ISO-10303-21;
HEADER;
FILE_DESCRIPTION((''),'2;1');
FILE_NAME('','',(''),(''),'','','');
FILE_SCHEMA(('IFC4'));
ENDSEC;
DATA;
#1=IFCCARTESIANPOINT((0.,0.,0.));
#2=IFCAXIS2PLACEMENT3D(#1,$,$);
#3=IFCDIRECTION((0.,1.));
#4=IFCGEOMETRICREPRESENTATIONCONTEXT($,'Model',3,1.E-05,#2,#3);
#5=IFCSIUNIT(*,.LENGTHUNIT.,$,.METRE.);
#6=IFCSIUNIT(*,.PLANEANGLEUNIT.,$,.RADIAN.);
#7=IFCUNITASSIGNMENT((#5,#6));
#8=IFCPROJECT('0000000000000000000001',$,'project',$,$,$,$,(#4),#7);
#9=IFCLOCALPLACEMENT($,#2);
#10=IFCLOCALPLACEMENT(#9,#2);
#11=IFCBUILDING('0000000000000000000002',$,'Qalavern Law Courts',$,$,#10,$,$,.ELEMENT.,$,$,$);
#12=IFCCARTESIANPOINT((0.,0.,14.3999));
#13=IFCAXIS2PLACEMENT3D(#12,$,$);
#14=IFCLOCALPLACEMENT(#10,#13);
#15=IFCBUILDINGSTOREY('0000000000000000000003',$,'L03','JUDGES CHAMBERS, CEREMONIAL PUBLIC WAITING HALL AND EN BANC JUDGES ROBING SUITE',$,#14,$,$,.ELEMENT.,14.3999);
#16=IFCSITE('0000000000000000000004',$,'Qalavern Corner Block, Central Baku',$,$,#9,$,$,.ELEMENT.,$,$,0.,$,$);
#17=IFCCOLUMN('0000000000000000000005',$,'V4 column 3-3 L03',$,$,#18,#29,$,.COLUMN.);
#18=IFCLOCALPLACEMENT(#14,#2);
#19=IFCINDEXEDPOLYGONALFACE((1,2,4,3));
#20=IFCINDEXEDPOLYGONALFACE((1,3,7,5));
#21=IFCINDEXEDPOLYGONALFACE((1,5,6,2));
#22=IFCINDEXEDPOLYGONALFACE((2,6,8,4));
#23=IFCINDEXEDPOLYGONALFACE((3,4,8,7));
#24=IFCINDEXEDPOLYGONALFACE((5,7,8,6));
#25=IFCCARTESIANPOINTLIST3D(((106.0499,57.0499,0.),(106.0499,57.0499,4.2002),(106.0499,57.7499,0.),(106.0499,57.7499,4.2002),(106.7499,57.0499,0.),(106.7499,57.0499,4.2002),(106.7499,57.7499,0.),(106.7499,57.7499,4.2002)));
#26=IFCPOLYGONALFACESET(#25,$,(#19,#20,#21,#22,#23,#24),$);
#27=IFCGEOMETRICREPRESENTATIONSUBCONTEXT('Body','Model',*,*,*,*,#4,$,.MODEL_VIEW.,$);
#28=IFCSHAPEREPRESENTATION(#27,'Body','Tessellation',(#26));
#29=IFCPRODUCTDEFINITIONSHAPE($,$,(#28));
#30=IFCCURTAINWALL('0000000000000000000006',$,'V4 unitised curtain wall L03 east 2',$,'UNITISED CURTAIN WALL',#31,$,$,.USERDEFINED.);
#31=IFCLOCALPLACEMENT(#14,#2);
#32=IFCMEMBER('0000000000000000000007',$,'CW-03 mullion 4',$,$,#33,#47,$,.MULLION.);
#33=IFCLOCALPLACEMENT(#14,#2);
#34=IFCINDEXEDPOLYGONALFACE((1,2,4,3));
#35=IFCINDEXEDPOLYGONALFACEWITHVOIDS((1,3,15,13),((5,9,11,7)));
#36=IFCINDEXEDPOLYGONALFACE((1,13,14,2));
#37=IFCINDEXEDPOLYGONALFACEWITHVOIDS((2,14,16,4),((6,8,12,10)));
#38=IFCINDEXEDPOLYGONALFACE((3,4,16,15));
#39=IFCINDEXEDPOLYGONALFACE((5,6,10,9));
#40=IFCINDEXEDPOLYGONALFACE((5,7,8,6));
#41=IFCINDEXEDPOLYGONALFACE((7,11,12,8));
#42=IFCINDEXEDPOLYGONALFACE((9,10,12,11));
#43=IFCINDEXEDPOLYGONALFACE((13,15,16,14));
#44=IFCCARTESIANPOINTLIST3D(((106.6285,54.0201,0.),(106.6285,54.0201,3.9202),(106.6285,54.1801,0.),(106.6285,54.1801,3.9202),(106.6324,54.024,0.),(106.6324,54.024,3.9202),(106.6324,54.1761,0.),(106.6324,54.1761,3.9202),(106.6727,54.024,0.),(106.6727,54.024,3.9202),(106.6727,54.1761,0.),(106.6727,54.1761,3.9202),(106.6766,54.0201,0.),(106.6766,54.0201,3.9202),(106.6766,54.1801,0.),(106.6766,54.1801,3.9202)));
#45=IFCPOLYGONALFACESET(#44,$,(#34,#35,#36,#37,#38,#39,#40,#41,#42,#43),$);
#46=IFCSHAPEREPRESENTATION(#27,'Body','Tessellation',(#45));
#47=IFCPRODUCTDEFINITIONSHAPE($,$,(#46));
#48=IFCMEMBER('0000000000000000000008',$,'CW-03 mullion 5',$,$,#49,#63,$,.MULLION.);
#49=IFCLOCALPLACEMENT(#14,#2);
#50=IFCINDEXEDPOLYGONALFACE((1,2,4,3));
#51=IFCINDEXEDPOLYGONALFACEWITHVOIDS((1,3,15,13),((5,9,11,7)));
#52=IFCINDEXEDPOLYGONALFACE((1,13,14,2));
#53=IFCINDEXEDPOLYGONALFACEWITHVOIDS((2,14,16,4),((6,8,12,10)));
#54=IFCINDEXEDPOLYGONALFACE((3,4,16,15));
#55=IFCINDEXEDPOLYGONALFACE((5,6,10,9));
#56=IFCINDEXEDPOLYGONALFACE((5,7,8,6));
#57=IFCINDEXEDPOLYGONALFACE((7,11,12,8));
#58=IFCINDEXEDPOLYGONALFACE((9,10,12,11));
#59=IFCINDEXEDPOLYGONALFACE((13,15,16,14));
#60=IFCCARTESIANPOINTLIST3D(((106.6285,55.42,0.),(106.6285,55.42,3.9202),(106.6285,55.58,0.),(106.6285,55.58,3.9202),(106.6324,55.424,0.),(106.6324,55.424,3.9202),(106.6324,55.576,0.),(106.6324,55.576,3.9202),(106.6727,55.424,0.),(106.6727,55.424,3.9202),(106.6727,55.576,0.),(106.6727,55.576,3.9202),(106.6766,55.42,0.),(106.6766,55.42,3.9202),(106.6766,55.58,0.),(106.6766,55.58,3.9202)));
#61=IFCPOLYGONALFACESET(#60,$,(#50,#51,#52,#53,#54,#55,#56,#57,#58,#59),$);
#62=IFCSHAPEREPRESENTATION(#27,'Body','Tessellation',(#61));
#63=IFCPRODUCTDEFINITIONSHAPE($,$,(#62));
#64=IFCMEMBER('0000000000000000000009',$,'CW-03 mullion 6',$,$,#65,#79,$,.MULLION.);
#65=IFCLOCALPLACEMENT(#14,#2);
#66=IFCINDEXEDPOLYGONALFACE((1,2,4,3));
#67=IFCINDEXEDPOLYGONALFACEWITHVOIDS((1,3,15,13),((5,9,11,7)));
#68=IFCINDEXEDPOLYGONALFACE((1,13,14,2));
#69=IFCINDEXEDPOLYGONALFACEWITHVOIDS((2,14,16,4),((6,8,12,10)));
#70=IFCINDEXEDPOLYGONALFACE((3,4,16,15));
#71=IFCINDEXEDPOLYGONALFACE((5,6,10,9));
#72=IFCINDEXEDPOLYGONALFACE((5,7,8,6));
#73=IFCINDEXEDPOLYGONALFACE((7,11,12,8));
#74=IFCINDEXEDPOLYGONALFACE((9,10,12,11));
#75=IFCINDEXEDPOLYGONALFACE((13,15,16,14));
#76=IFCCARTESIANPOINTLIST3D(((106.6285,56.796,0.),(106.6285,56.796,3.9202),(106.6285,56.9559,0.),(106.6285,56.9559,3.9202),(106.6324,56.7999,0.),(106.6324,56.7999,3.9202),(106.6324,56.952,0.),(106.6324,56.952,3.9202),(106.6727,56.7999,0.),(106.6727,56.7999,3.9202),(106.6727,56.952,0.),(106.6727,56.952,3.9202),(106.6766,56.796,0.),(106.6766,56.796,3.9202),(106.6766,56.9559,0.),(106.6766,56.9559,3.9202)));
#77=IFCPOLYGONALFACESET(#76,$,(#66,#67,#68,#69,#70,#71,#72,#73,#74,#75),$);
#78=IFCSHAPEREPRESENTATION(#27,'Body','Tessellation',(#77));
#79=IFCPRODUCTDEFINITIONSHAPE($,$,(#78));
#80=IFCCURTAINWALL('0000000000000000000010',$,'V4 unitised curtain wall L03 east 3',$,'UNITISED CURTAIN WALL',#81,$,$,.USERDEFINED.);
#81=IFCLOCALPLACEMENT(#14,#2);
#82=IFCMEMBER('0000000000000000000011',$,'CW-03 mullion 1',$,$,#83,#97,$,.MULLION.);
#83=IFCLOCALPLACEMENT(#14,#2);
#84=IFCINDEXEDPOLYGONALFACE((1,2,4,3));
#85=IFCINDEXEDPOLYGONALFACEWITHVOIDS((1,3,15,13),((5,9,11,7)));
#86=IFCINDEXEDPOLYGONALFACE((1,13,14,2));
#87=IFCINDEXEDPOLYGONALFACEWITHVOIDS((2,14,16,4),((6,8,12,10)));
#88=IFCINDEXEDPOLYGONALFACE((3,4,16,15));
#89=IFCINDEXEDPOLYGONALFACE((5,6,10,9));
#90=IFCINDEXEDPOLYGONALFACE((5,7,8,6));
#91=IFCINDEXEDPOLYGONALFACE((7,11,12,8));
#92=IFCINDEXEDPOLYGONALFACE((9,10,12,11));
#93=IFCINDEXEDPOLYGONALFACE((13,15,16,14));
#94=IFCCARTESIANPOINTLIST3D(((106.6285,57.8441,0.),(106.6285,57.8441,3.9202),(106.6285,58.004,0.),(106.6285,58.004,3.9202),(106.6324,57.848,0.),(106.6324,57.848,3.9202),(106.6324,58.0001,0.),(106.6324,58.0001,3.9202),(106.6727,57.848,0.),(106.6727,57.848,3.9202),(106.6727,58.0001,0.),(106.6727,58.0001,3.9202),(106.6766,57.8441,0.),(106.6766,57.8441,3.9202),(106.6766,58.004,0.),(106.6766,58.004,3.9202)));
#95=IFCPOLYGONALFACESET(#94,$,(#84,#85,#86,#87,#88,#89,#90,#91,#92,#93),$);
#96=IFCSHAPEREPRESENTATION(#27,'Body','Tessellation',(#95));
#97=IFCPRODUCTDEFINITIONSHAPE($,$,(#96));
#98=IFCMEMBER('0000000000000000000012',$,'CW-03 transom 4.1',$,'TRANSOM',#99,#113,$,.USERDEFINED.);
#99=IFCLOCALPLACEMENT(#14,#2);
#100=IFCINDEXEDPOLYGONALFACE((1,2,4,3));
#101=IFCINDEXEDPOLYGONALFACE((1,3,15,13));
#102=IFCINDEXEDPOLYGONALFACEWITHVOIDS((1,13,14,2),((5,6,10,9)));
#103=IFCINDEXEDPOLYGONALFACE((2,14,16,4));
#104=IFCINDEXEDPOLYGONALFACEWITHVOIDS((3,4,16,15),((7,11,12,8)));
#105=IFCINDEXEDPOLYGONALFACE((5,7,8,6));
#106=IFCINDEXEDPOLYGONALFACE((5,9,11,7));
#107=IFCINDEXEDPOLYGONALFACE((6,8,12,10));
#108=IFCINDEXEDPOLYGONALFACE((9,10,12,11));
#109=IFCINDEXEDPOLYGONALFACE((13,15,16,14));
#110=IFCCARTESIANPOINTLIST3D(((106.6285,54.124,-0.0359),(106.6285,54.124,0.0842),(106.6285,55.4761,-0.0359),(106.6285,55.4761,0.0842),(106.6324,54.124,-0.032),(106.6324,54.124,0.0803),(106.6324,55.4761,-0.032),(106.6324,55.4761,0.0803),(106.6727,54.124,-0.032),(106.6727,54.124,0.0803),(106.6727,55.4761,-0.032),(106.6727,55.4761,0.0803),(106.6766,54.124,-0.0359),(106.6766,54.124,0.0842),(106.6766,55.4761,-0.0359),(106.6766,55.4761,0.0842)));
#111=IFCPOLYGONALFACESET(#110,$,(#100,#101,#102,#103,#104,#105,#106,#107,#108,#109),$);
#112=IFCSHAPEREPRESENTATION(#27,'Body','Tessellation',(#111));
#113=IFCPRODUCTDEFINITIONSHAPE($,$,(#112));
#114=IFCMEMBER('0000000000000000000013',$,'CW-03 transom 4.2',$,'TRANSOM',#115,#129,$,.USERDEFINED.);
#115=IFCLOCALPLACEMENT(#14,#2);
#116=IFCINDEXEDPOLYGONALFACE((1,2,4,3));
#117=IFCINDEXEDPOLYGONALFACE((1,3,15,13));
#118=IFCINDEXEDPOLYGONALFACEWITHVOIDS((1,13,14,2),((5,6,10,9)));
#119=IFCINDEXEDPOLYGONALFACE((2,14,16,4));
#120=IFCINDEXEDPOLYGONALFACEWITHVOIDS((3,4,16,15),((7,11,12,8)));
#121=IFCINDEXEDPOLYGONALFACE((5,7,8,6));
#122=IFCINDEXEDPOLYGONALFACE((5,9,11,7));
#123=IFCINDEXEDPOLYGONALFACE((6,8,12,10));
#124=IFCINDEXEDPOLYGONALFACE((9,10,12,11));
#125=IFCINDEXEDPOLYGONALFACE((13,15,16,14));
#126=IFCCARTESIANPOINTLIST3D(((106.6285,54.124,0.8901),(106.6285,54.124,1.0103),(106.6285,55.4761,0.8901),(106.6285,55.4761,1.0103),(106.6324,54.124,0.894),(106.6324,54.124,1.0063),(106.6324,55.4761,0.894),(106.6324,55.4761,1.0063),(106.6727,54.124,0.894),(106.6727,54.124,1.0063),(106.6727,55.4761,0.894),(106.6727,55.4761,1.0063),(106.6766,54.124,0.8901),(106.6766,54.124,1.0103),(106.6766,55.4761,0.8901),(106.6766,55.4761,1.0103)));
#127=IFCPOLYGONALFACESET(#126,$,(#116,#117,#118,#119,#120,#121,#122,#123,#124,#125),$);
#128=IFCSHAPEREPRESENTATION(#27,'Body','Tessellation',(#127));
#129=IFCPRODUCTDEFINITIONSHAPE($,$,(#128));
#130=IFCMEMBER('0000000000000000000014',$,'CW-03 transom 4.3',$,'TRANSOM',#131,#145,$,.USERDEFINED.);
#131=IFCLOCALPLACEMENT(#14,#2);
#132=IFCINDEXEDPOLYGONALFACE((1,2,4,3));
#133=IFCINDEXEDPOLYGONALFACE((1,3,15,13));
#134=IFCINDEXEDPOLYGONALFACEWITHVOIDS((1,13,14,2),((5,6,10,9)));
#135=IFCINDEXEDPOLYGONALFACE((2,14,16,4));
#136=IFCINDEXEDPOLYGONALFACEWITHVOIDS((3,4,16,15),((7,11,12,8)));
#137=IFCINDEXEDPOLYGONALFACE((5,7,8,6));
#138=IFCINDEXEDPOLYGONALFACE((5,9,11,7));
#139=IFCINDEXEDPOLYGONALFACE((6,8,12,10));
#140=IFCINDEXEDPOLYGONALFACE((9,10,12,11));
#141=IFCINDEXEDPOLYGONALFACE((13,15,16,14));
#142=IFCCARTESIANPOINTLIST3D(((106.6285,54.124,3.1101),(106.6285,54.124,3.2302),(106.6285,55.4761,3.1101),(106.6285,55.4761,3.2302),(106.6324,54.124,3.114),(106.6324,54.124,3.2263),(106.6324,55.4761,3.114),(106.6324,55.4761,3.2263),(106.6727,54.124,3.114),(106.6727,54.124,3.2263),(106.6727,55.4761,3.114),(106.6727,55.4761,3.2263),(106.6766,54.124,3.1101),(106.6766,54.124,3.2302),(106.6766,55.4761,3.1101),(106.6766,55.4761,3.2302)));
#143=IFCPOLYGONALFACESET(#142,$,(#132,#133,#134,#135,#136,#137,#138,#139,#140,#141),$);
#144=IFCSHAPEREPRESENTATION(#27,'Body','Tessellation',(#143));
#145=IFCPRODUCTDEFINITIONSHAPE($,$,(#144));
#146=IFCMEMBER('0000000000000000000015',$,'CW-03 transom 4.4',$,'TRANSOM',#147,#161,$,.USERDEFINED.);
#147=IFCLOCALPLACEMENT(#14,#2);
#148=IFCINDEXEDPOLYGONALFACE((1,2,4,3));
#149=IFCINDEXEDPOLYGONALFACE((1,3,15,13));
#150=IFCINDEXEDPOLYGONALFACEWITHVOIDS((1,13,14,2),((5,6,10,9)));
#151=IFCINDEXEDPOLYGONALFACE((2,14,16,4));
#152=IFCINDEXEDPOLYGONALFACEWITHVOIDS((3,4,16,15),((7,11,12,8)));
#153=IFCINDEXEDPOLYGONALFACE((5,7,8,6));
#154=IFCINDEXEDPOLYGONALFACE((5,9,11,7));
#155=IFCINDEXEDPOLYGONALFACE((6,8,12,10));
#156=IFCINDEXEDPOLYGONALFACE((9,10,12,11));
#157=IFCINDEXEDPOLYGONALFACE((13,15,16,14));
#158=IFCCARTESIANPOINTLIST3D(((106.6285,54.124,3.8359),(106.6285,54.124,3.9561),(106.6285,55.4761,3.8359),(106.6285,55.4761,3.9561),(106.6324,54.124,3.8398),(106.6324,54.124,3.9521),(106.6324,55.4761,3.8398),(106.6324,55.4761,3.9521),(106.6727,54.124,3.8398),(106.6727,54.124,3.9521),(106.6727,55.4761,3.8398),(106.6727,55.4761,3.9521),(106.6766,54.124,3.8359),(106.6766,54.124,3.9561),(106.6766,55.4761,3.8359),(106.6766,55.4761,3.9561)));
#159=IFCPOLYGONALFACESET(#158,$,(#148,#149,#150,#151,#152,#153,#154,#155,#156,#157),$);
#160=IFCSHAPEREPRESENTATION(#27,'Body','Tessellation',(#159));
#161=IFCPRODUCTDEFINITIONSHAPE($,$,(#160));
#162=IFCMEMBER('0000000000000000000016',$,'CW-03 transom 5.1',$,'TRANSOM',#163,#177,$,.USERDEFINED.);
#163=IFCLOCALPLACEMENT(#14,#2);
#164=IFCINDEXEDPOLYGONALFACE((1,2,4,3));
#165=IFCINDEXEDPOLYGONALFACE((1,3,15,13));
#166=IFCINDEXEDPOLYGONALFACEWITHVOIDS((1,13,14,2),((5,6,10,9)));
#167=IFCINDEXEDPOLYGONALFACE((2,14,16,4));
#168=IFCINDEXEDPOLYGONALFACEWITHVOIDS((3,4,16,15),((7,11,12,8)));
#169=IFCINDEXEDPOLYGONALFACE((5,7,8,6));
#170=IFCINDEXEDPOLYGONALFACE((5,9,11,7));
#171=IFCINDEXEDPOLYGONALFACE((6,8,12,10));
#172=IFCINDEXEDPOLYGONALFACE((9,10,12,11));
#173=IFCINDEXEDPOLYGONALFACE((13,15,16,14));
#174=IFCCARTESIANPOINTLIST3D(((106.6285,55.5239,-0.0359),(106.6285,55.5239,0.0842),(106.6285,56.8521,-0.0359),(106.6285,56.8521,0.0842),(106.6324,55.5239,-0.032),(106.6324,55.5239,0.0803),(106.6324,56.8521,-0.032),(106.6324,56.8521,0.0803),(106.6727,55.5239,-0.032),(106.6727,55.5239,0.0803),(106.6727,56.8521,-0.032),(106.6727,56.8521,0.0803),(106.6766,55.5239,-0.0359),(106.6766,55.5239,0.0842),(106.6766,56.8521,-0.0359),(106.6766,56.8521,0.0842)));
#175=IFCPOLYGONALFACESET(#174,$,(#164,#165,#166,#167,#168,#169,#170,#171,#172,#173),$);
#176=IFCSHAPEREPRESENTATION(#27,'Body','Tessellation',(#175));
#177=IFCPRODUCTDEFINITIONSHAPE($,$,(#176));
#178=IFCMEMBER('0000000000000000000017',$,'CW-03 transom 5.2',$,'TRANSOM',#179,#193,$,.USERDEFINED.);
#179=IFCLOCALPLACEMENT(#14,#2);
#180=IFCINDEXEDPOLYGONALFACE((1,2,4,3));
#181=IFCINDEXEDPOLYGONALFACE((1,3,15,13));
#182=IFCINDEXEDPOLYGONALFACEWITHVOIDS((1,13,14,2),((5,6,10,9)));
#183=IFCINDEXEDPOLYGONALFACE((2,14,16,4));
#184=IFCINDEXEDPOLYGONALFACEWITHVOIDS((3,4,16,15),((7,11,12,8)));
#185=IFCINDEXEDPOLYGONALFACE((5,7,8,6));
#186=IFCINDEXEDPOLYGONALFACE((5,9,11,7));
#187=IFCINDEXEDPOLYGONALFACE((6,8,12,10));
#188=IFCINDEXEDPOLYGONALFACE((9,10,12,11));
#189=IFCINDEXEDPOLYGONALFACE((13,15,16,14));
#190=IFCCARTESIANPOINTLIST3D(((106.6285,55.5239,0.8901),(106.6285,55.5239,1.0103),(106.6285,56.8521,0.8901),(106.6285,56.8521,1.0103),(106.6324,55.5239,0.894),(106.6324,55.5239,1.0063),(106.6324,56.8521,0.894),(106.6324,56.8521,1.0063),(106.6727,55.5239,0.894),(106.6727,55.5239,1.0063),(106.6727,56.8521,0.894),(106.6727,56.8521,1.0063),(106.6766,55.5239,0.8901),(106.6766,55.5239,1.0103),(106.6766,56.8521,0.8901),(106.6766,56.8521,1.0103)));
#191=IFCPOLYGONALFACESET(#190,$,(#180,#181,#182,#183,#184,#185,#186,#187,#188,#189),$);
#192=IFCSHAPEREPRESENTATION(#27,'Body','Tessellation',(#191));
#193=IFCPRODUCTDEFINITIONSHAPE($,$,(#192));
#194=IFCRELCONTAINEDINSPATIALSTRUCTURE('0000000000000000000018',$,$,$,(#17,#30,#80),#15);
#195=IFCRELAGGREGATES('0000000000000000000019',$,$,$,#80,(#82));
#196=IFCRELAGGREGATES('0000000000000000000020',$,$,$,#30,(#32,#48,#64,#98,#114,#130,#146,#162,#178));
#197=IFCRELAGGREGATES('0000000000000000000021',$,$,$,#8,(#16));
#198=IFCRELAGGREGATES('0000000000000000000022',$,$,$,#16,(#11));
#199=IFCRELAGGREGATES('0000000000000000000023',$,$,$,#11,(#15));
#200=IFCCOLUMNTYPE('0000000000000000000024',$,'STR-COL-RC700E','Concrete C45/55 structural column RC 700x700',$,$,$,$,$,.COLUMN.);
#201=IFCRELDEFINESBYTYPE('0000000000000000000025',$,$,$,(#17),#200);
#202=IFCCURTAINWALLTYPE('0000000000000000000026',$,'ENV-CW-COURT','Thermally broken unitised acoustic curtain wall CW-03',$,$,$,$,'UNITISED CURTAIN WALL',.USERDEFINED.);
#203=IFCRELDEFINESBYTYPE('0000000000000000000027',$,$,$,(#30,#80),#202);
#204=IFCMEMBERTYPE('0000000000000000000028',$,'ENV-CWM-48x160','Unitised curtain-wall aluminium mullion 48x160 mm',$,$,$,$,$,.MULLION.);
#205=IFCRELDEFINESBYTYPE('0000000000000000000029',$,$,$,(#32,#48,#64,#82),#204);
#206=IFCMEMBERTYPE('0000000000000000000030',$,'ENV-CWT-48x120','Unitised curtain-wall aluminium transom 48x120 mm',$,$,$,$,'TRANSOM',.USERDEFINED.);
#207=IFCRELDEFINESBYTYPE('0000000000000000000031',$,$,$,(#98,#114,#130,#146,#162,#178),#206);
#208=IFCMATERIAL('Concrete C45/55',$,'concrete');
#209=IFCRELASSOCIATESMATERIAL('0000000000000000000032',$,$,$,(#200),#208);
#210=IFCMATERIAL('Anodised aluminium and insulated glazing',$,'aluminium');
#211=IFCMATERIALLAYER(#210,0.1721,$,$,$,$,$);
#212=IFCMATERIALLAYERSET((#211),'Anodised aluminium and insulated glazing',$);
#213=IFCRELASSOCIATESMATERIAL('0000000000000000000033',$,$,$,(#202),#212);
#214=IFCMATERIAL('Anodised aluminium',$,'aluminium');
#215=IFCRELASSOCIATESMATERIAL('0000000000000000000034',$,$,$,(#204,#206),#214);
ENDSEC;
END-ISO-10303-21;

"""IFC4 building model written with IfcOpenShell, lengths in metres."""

from ifc_helpers import new_model, si_unit, direction, frame, origin, origin_2d, place, context, subcontext, project, spatial, rectangle, hollow_rectangle, extrude, material, layer, layer_set, material_profile, profile_set, type_object, element, aggregate, save


model = new_model("IFC4")

# Units and contexts
model_context = context("Model", 3, precision=1e-05, world=origin(), true_north=direction((0.0, 1.0)))
body_context = subcontext(model_context, "Body", "Model", "MODEL_VIEW")
ifc_project = project(units=[si_unit("LENGTHUNIT", "METRE"), si_unit("PLANEANGLEUNIT", "RADIAN")], contexts=[model_context])

# Site, building, storey
site_placement = place(None, origin())
site = spatial("IfcSite", under=ifc_project, at=site_placement, Name="Qalavern Corner Block, Central Baku", CompositionType="ELEMENT", RefElevation=0.0)
building_placement = place(site_placement, origin())
building = spatial("IfcBuilding", under=site, at=building_placement, Name="Qalavern Law Courts", CompositionType="ELEMENT")
storey_placement = place(building_placement, frame((0.0, 0.0, 14.3999)))
storey = spatial("IfcBuildingStorey", under=building, at=storey_placement, Name="L03", Description="JUDGES CHAMBERS, CEREMONIAL PUBLIC WAITING HALL AND EN BANC JUDGES ROBING SUITE", CompositionType="ELEMENT", Elevation=14.3999)

# Column
ifc_material_1 = material(Name="Concrete C45/55", Category="concrete")
ifc_material_profile_1 = material_profile(ifc_material_1, rectangle(XDim=0.7, YDim=0.7, at=origin_2d()), Name="RC 700x700")
ifc_profile_set_1 = profile_set([ifc_material_profile_1], Name="Concrete C45/55")
column_type = type_object("IfcColumnType", Name="STR-COL-RC700E", Description="Concrete C45/55 structural column RC 700x700", PredefinedType="COLUMN", material=ifc_profile_set_1)
column_placement = place(storey_placement, frame((106.3999, 57.3999, 0.0), z_axis=(0.0, 0.0, 1.0), x_axis=(1.0, 0.0, 0.0)))
element("IfcColumn", 1, at=column_placement, inside=storey, type_object=column_type, Name="V4 column 3-3 L03", PredefinedType="COLUMN", context=body_context, shape_type="SweptSolid", body=[
    extrude(rectangle(XDim=0.7, YDim=0.7, at=origin_2d()), origin(), (0.0, 0.0, 1.0), 4.2002),
])

# Curtain wall, members
ifc_material_2 = material(Name="Anodised aluminium and insulated glazing", Category="aluminium")
ifc_layer_1 = layer(ifc_material_2, 0.1721)
ifc_layer_set_1 = layer_set([ifc_layer_1], Name="Anodised aluminium and insulated glazing")
curtain_wall_type = type_object("IfcCurtainWallType", Name="ENV-CW-COURT", Description="Thermally broken unitised acoustic curtain wall CW-03", ElementType="UNITISED CURTAIN WALL", PredefinedType="USERDEFINED", material=ifc_layer_set_1)
curtain_wall_1_placement = place(storey_placement, origin())
curtain_wall_1 = element("IfcCurtainWall", 2, at=curtain_wall_1_placement, inside=storey, type_object=curtain_wall_type, Name="V4 unitised curtain wall L03 east 2", ObjectType="UNITISED CURTAIN WALL", PredefinedType="USERDEFINED")
ifc_material_3 = material(Name="Anodised aluminium", Category="aluminium")
ifc_material_profile_2 = material_profile(ifc_material_3, hollow_rectangle(XDim=0.0481, YDim=0.1599, WallThickness=0.0039, at=origin_2d()), Name="ALU MULLION 48x160")
ifc_profile_set_2 = profile_set([ifc_material_profile_2], Name="Anodised aluminium")
member_type_1 = type_object("IfcMemberType", Name="ENV-CWM-48x160", Description="Unitised curtain-wall aluminium mullion 48x160 mm", PredefinedType="MULLION", material=ifc_profile_set_2)
member_1_placement = place(storey_placement, frame((106.6526, 54.1001, 0.0), z_axis=(0.0, 0.0, 1.0), x_axis=(-1.0, 0.0, 0.0)))
member_1 = element("IfcMember", 3, at=member_1_placement, type_object=member_type_1, Name="CW-03 mullion 4", PredefinedType="MULLION", context=body_context, shape_type="SweptSolid", body=[
    extrude(hollow_rectangle(XDim=0.0481, YDim=0.1599, WallThickness=0.0039, at=origin_2d()), origin(), (0.0, 0.0, 1.0), 3.9202),
])
member_2_placement = place(storey_placement, frame((106.6526, 55.5, 0.0), z_axis=(0.0, 0.0, 1.0), x_axis=(-1.0, 0.0, 0.0)))
member_2 = element("IfcMember", 4, at=member_2_placement, type_object=member_type_1, Name="CW-03 mullion 5", PredefinedType="MULLION", context=body_context, shape_type="SweptSolid", body=[
    extrude(hollow_rectangle(XDim=0.0481, YDim=0.1599, WallThickness=0.0039, at=origin_2d()), origin(), (0.0, 0.0, 1.0), 3.9202),
])
member_3_placement = place(storey_placement, frame((106.6526, 56.876, 0.0), z_axis=(0.0, 0.0, 1.0), x_axis=(-1.0, 0.0, 0.0)))
member_3 = element("IfcMember", 5, at=member_3_placement, type_object=member_type_1, Name="CW-03 mullion 6", PredefinedType="MULLION", context=body_context, shape_type="SweptSolid", body=[
    extrude(hollow_rectangle(XDim=0.0481, YDim=0.1599, WallThickness=0.0039, at=origin_2d()), origin(), (0.0, 0.0, 1.0), 3.9202),
])

# Curtain wall, member
curtain_wall_2_placement = place(storey_placement, origin())
curtain_wall_2 = element("IfcCurtainWall", 6, at=curtain_wall_2_placement, inside=storey, type_object=curtain_wall_type, Name="V4 unitised curtain wall L03 east 3", ObjectType="UNITISED CURTAIN WALL", PredefinedType="USERDEFINED")
member_4_placement = place(storey_placement, frame((106.6526, 57.9241, 0.0), z_axis=(0.0, 0.0, 1.0), x_axis=(-1.0, 0.0, 0.0)))
member_4 = element("IfcMember", 7, at=member_4_placement, type_object=member_type_1, Name="CW-03 mullion 1", PredefinedType="MULLION", context=body_context, shape_type="SweptSolid", body=[
    extrude(hollow_rectangle(XDim=0.0481, YDim=0.1599, WallThickness=0.0039, at=origin_2d()), origin(), (0.0, 0.0, 1.0), 3.9202),
])

# Members
ifc_material_profile_3 = material_profile(ifc_material_3, hollow_rectangle(XDim=0.0481, YDim=0.1201, WallThickness=0.0039, at=origin_2d()), Name="ALU TRANSOM 48x120")
ifc_profile_set_3 = profile_set([ifc_material_profile_3], Name="Anodised aluminium")
member_type_2 = type_object("IfcMemberType", Name="ENV-CWT-48x120", Description="Unitised curtain-wall aluminium transom 48x120 mm", ElementType="TRANSOM", PredefinedType="USERDEFINED", material=ifc_profile_set_3)
member_5_placement = place(storey_placement, frame((106.6526, 54.124, 0.0242), z_axis=(0.0, 1.0, 0.0), x_axis=(-1.0, 0.0, 0.0)))
member_5 = element("IfcMember", 8, at=member_5_placement, type_object=member_type_2, Name="CW-03 transom 4.1", ObjectType="TRANSOM", PredefinedType="USERDEFINED", context=body_context, shape_type="SweptSolid", body=[
    extrude(hollow_rectangle(XDim=0.0481, YDim=0.1201, WallThickness=0.0039, at=origin_2d()), origin(), (0.0, 0.0, 1.0), 1.3521),
])
member_6_placement = place(storey_placement, frame((106.6526, 54.124, 0.9502), z_axis=(0.0, 1.0, 0.0), x_axis=(-1.0, 0.0, 0.0)))
member_6 = element("IfcMember", 9, at=member_6_placement, type_object=member_type_2, Name="CW-03 transom 4.2", ObjectType="TRANSOM", PredefinedType="USERDEFINED", context=body_context, shape_type="SweptSolid", body=[
    extrude(hollow_rectangle(XDim=0.0481, YDim=0.1201, WallThickness=0.0039, at=origin_2d()), origin(), (0.0, 0.0, 1.0), 1.3521),
])
member_7_placement = place(storey_placement, frame((106.6526, 54.124, 3.1702), z_axis=(0.0, 1.0, 0.0), x_axis=(-1.0, 0.0, 0.0)))
member_7 = element("IfcMember", 10, at=member_7_placement, type_object=member_type_2, Name="CW-03 transom 4.3", ObjectType="TRANSOM", PredefinedType="USERDEFINED", context=body_context, shape_type="SweptSolid", body=[
    extrude(hollow_rectangle(XDim=0.0481, YDim=0.1201, WallThickness=0.0039, at=origin_2d()), origin(), (0.0, 0.0, 1.0), 1.3521),
])
member_8_placement = place(storey_placement, frame((106.6526, 54.124, 3.896), z_axis=(0.0, 1.0, 0.0), x_axis=(-1.0, 0.0, 0.0)))
member_8 = element("IfcMember", 11, at=member_8_placement, type_object=member_type_2, Name="CW-03 transom 4.4", ObjectType="TRANSOM", PredefinedType="USERDEFINED", context=body_context, shape_type="SweptSolid", body=[
    extrude(hollow_rectangle(XDim=0.0481, YDim=0.1201, WallThickness=0.0039, at=origin_2d()), origin(), (0.0, 0.0, 1.0), 1.3521),
])
member_9_placement = place(storey_placement, frame((106.6526, 55.5239, 0.0242), z_axis=(0.0, 1.0, 0.0), x_axis=(-1.0, 0.0, 0.0)))
member_9 = element("IfcMember", 12, at=member_9_placement, type_object=member_type_2, Name="CW-03 transom 5.1", ObjectType="TRANSOM", PredefinedType="USERDEFINED", context=body_context, shape_type="SweptSolid", body=[
    extrude(hollow_rectangle(XDim=0.0481, YDim=0.1201, WallThickness=0.0039, at=origin_2d()), origin(), (0.0, 0.0, 1.0), 1.3281),
])
member_10_placement = place(storey_placement, frame((106.6526, 55.5239, 0.9502), z_axis=(0.0, 1.0, 0.0), x_axis=(-1.0, 0.0, 0.0)))
member_10 = element("IfcMember", 13, at=member_10_placement, type_object=member_type_2, Name="CW-03 transom 5.2", ObjectType="TRANSOM", PredefinedType="USERDEFINED", context=body_context, shape_type="SweptSolid", body=[
    extrude(hollow_rectangle(XDim=0.0481, YDim=0.1201, WallThickness=0.0039, at=origin_2d()), origin(), (0.0, 0.0, 1.0), 1.3281),
])
aggregate(curtain_wall_2, [member_4])

aggregate(curtain_wall_1, [member_1, member_2, member_3, member_5, member_6, member_7, member_8, member_9, member_10])

save(model, "model.ifc")
